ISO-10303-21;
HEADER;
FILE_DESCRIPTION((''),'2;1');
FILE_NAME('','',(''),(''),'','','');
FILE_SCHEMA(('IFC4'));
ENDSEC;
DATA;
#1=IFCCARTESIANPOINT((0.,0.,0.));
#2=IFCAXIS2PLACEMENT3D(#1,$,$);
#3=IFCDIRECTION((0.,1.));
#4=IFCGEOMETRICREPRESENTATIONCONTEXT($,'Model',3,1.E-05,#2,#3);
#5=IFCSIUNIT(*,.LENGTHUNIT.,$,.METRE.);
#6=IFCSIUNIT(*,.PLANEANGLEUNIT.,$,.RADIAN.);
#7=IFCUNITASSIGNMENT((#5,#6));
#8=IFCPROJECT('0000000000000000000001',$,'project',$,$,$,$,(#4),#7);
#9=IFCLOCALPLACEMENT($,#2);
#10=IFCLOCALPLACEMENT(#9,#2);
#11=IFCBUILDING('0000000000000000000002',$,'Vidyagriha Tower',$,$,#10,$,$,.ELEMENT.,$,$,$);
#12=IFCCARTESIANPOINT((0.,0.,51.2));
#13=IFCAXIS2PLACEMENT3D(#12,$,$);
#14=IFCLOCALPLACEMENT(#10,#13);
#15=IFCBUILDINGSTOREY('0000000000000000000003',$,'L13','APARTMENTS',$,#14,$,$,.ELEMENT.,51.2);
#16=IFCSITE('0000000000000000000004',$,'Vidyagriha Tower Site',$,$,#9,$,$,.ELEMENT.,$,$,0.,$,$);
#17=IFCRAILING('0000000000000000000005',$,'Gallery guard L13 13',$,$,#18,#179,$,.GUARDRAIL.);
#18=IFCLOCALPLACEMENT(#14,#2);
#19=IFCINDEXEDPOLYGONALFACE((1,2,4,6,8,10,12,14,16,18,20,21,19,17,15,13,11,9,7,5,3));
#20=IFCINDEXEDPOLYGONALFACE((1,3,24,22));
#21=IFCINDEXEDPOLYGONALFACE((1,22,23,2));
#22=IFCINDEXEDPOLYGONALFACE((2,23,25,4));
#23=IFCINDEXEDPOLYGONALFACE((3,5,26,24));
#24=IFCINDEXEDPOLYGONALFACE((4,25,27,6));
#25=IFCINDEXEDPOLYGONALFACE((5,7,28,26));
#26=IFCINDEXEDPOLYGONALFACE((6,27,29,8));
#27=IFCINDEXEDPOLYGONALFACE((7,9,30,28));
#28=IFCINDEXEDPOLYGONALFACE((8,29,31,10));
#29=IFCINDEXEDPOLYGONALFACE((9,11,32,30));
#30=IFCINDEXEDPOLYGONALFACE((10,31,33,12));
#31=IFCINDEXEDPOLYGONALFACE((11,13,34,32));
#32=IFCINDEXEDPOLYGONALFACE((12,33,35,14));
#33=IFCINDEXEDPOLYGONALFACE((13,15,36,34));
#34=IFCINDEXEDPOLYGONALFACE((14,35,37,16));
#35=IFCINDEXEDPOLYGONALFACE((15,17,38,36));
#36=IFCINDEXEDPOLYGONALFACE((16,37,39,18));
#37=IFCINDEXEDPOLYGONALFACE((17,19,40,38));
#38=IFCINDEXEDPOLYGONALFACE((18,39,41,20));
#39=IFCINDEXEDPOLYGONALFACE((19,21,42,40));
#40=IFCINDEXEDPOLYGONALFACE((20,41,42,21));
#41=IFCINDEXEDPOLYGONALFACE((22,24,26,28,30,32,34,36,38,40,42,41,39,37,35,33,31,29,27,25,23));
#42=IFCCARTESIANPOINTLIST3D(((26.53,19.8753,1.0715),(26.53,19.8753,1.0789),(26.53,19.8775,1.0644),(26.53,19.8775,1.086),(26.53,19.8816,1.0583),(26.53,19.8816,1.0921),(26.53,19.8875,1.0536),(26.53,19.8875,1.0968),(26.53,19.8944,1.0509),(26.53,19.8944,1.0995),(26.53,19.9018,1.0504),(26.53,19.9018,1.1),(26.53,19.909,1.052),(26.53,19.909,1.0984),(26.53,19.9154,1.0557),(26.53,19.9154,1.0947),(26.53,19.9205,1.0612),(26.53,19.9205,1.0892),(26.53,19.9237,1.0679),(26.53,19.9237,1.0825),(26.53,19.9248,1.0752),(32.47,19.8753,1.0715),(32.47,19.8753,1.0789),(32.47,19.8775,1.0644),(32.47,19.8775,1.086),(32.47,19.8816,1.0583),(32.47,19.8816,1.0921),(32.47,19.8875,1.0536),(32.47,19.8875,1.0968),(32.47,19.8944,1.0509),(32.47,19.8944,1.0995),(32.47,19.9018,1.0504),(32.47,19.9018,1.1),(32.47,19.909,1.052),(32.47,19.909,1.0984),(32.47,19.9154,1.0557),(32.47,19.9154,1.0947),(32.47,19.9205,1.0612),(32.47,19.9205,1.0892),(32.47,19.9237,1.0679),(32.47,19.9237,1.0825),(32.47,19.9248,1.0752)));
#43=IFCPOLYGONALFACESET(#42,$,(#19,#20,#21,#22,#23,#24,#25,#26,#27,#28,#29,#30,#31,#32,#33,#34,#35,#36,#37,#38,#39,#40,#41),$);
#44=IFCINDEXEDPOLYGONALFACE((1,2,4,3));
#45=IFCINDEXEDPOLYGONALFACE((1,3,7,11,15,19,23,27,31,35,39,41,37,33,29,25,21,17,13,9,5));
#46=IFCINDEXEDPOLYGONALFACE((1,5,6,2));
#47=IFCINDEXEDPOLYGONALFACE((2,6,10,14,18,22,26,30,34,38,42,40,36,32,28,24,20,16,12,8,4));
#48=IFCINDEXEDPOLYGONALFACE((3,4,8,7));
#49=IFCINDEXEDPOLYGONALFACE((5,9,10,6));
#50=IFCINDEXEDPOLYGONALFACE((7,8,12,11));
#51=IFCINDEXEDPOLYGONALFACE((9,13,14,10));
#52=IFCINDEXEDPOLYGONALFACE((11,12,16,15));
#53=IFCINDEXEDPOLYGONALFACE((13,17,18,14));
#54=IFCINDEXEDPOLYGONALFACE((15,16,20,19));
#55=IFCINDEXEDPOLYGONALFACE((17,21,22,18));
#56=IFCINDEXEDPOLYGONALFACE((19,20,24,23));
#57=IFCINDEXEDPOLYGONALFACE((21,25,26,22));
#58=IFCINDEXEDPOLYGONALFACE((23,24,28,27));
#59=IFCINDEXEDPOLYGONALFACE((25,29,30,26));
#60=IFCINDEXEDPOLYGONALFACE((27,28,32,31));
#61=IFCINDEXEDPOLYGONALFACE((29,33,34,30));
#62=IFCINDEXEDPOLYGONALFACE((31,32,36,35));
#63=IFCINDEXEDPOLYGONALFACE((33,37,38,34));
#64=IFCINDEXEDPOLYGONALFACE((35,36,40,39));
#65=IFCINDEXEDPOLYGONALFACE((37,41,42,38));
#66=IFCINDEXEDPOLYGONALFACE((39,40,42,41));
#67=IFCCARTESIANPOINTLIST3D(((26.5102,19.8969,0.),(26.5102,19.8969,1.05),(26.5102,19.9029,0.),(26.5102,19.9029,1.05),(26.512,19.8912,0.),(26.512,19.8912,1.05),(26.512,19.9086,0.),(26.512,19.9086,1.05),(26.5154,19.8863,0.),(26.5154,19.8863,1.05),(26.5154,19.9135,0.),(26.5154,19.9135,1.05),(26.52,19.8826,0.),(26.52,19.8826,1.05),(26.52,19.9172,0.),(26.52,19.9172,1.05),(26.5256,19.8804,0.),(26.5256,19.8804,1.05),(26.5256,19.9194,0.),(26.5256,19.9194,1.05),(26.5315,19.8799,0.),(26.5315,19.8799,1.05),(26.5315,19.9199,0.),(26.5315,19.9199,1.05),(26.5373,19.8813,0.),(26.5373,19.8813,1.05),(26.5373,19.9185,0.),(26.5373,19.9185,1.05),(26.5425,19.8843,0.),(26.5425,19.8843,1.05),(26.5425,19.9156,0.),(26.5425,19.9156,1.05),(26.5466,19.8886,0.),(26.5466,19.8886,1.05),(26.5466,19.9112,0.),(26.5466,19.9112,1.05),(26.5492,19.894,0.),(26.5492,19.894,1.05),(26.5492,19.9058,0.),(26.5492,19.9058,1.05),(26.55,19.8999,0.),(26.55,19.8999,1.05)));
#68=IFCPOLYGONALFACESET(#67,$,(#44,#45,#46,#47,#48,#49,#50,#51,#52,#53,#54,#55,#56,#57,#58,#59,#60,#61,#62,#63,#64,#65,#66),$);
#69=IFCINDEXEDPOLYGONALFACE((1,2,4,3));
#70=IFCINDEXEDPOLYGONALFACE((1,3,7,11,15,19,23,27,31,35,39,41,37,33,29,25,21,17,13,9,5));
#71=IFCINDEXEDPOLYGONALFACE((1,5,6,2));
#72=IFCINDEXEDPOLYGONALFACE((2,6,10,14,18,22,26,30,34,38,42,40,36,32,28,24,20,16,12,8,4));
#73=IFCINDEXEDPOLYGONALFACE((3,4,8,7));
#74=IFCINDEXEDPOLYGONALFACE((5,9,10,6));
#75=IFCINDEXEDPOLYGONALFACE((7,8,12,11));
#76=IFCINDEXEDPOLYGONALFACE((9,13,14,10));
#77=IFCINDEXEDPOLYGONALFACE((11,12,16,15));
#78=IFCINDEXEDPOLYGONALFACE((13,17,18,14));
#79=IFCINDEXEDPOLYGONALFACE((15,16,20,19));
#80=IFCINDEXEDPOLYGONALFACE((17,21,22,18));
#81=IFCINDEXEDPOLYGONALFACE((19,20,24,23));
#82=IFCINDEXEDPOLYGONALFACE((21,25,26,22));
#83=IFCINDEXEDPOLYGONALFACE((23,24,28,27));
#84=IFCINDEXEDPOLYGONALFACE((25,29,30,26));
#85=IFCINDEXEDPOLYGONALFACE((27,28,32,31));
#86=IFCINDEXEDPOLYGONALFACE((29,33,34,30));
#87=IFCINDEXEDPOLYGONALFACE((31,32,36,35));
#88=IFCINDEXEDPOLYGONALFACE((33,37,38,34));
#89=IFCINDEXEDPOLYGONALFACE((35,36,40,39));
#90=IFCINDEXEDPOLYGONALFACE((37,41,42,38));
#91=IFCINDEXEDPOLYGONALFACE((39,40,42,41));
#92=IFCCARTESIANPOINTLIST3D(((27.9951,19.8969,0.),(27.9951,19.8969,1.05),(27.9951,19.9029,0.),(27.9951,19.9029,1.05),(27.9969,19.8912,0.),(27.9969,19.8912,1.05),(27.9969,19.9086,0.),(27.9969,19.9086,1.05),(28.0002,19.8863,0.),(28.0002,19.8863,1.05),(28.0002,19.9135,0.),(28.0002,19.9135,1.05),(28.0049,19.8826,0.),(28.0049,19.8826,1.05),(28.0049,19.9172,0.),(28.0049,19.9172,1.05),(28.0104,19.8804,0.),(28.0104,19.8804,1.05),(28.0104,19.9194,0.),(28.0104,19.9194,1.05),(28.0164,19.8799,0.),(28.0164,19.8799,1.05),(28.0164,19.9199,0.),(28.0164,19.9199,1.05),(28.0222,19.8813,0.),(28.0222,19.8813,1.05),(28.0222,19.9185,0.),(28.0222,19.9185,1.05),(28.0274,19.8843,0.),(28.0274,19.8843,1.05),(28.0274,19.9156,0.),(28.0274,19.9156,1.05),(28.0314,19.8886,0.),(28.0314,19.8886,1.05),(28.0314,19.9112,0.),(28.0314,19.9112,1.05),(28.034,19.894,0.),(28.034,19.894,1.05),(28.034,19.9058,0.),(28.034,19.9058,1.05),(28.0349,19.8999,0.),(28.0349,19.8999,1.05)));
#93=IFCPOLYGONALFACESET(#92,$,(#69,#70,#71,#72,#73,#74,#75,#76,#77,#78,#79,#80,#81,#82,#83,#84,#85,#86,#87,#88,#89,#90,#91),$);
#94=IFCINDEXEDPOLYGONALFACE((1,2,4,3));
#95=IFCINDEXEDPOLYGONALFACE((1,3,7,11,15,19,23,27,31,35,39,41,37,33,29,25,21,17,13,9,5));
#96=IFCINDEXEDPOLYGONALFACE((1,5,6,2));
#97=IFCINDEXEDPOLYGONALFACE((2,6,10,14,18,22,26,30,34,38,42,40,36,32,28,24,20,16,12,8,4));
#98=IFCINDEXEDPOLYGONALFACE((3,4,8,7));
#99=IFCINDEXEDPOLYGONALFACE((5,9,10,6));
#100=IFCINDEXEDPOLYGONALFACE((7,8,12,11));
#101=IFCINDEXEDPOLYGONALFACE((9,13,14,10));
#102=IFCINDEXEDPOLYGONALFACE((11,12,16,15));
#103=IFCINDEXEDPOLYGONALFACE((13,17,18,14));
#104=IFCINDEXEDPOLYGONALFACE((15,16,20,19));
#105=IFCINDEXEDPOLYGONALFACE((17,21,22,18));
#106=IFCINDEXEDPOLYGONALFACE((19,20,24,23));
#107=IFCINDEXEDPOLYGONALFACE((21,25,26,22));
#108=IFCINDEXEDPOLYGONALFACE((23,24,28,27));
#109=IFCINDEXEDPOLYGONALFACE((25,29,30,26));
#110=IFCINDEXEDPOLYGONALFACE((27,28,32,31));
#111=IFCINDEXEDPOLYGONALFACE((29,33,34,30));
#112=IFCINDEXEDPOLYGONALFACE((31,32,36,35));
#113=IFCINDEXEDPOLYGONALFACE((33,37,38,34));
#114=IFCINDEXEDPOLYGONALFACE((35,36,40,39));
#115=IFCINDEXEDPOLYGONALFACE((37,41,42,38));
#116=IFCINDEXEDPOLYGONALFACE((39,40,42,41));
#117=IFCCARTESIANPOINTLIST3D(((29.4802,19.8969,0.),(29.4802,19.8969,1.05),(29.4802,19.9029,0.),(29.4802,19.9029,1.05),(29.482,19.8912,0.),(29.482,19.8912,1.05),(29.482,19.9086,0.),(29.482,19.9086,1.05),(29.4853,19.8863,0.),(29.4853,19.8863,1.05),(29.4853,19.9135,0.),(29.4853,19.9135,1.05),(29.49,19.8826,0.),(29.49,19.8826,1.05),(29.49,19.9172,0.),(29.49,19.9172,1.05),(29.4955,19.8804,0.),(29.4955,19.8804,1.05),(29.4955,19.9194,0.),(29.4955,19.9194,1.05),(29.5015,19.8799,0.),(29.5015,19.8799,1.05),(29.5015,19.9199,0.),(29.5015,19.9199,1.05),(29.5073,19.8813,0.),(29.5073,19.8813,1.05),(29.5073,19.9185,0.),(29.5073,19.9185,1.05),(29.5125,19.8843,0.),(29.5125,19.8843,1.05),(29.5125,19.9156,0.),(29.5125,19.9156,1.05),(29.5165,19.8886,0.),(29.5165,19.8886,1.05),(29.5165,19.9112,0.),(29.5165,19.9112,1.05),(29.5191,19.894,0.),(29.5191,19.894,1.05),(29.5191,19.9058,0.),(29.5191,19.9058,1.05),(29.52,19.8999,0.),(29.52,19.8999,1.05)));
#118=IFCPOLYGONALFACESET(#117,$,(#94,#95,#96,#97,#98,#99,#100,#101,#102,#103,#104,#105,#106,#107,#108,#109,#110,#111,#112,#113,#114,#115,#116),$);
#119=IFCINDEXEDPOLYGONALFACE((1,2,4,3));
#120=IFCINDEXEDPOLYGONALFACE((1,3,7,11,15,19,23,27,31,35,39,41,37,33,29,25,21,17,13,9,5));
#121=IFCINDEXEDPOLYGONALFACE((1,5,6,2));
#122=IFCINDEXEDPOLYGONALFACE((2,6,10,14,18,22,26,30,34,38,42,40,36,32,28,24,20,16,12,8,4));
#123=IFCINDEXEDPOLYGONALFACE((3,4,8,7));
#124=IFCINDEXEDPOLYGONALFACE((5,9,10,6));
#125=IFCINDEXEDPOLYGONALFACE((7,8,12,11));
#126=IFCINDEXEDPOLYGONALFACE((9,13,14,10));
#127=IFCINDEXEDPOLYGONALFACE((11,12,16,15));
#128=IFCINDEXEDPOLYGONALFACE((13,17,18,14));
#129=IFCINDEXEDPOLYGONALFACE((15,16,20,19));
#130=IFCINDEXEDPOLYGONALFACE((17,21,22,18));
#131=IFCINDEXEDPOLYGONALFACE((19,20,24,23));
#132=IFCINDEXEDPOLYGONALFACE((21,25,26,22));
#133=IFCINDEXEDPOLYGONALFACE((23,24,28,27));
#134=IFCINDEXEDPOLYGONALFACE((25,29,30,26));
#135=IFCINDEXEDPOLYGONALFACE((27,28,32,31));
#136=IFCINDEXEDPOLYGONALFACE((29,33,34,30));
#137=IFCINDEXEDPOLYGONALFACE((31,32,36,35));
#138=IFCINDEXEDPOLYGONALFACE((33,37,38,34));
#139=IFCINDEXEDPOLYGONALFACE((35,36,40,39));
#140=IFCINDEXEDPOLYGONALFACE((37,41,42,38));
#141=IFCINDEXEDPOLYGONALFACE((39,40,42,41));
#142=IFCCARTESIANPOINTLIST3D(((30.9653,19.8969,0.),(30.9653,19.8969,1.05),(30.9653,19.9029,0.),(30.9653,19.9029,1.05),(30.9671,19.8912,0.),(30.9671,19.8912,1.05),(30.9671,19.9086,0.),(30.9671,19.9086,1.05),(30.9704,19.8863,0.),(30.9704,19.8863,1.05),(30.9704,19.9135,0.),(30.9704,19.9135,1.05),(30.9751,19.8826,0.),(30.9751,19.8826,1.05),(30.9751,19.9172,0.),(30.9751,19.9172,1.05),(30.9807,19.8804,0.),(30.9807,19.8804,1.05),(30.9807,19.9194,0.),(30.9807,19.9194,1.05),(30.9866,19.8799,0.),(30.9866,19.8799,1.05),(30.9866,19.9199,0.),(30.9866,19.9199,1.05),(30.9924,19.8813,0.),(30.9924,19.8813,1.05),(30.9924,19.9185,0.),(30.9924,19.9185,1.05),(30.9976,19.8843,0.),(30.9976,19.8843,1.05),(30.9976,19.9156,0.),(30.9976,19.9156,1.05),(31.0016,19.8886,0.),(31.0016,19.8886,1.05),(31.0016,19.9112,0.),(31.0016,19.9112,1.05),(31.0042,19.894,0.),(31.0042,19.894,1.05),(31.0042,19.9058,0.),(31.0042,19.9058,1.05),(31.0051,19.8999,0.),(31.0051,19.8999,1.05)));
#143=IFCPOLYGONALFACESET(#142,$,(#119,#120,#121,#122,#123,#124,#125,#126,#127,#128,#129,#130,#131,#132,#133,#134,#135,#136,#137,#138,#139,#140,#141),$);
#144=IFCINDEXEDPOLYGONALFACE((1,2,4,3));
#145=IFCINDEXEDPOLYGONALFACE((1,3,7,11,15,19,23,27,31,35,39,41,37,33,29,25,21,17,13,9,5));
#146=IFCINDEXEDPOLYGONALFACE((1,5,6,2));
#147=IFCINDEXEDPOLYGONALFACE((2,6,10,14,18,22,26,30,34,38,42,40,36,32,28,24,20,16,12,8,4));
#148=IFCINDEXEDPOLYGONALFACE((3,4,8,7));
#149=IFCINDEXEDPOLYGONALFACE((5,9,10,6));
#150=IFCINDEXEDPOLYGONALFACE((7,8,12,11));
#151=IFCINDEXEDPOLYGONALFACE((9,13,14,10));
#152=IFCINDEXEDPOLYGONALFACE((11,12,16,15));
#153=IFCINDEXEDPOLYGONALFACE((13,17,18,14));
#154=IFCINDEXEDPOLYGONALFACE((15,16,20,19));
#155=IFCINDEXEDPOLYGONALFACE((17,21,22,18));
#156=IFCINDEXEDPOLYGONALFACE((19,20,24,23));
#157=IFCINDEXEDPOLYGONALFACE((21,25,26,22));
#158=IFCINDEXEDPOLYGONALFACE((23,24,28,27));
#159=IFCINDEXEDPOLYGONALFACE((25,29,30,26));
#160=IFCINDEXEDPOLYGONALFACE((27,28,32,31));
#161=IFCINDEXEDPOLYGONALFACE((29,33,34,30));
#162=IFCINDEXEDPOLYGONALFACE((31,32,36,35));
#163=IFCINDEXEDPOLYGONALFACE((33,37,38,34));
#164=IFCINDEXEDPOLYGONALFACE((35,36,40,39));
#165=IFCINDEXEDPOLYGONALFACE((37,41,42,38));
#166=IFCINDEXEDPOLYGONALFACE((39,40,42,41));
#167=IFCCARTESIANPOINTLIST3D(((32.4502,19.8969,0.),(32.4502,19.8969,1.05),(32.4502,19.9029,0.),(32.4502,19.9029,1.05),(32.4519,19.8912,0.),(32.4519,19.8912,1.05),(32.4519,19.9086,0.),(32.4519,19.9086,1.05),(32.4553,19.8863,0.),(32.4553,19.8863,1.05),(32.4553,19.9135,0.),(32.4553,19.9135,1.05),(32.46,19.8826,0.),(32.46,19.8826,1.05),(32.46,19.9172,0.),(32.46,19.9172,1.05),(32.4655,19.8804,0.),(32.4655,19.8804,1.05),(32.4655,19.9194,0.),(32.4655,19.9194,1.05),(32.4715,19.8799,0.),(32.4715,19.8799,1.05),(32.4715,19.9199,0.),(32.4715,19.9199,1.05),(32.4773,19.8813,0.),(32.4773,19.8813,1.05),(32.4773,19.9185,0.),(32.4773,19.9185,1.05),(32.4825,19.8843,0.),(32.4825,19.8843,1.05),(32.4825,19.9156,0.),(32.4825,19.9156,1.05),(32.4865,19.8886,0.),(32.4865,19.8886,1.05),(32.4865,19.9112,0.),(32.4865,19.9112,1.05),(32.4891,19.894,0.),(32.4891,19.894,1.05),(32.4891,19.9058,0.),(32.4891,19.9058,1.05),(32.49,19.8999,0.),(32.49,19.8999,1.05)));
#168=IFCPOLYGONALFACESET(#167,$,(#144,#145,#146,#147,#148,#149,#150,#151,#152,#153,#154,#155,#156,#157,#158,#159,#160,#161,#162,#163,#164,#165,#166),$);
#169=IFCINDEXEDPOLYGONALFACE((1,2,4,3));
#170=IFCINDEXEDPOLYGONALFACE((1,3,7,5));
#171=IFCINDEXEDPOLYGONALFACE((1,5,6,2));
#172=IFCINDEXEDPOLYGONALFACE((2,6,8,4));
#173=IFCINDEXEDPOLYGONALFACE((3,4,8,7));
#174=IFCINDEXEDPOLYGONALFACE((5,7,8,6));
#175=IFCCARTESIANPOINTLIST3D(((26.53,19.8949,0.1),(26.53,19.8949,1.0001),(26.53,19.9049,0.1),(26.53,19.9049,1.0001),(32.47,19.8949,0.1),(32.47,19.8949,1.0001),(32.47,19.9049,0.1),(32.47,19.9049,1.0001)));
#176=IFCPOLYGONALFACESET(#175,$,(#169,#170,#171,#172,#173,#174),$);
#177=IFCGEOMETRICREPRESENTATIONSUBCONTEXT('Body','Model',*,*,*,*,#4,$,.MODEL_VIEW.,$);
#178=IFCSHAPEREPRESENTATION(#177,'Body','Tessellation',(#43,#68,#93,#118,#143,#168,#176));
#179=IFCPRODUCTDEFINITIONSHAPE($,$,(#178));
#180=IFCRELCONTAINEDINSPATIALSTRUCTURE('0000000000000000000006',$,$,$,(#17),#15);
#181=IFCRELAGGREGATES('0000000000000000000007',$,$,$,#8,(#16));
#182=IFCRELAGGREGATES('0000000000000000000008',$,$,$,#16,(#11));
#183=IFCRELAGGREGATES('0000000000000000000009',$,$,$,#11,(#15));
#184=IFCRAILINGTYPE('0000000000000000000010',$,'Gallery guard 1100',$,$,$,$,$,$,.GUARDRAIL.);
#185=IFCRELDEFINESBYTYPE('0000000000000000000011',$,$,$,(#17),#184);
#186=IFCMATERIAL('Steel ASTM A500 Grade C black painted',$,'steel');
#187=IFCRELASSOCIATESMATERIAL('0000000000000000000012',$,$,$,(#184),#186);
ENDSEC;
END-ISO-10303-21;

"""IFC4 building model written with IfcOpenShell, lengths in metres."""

from ifc_helpers import new_model, si_unit, direction, frame, origin, origin_2d, place, context, subcontext, project, spatial, rectangle, circle, extrude, material, type_object, element, save


model = new_model("IFC4")

# Units and contexts
model_context = context("Model", 3, precision=1e-05, world=origin(), true_north=direction((0.0, 1.0)))
body_context = subcontext(model_context, "Body", "Model", "MODEL_VIEW")
ifc_project = project(units=[si_unit("LENGTHUNIT", "METRE"), si_unit("PLANEANGLEUNIT", "RADIAN")], contexts=[model_context])

# Site, building, storey
site_placement = place(None, origin())
site = spatial("IfcSite", under=ifc_project, at=site_placement, Name="Vidyagriha Tower Site", CompositionType="ELEMENT", RefElevation=0.0)
building_placement = place(site_placement, origin())
building = spatial("IfcBuilding", under=site, at=building_placement, Name="Vidyagriha Tower", CompositionType="ELEMENT")
storey_placement = place(building_placement, frame((0.0, 0.0, 51.2)))
storey = spatial("IfcBuildingStorey", under=building, at=storey_placement, Name="L13", Description="APARTMENTS", CompositionType="ELEMENT", Elevation=51.2)

# Railing
ifc_material_1 = material(Name="Steel ASTM A500 Grade C black painted", Category="steel")
railing_type = type_object("IfcRailingType", Name="Gallery guard 1100", PredefinedType="GUARDRAIL", material=ifc_material_1)
railing_1_placement = place(storey_placement, frame((26.53, 19.8999, 0.0)))
element("IfcRailing", 1, at=railing_1_placement, inside=storey, type_object=railing_type, Name="Gallery guard L13 13", PredefinedType="GUARDRAIL", context=body_context, shape_type="SweptSolid", body=[
    extrude(circle(Radius=0.0249, at=origin_2d()), frame((0.0, 0.0, 1.0752), z_axis=(1.0, 0.0, 0.0), x_axis=(0.0, 1.0, 0.0)), (0.0, 0.0, 1.0), 5.9399),
    extrude(circle(Radius=0.02, at=origin_2d()), origin(), (0.0, 0.0, 1.0), 1.05),
    extrude(circle(Radius=0.02, at=origin_2d()), frame((1.4849, 0.0, 0.0)), (0.0, 0.0, 1.0), 1.05),
    extrude(circle(Radius=0.02, at=origin_2d()), frame((2.97, 0.0, 0.0)), (0.0, 0.0, 1.0), 1.05),
    extrude(circle(Radius=0.02, at=origin_2d()), frame((4.4551, 0.0, 0.0)), (0.0, 0.0, 1.0), 1.05),
    extrude(circle(Radius=0.02, at=origin_2d()), frame((5.9399, 0.0, 0.0)), (0.0, 0.0, 1.0), 1.05),
    extrude(rectangle(XDim=0.01, YDim=0.9001, at=origin_2d()), frame((0.0, 0.0, 0.55), z_axis=(1.0, 0.0, 0.0), x_axis=(0.0, 1.0, 0.0)), (0.0, 0.0, 1.0), 5.9399),
])

save(model, "model.ifc")
